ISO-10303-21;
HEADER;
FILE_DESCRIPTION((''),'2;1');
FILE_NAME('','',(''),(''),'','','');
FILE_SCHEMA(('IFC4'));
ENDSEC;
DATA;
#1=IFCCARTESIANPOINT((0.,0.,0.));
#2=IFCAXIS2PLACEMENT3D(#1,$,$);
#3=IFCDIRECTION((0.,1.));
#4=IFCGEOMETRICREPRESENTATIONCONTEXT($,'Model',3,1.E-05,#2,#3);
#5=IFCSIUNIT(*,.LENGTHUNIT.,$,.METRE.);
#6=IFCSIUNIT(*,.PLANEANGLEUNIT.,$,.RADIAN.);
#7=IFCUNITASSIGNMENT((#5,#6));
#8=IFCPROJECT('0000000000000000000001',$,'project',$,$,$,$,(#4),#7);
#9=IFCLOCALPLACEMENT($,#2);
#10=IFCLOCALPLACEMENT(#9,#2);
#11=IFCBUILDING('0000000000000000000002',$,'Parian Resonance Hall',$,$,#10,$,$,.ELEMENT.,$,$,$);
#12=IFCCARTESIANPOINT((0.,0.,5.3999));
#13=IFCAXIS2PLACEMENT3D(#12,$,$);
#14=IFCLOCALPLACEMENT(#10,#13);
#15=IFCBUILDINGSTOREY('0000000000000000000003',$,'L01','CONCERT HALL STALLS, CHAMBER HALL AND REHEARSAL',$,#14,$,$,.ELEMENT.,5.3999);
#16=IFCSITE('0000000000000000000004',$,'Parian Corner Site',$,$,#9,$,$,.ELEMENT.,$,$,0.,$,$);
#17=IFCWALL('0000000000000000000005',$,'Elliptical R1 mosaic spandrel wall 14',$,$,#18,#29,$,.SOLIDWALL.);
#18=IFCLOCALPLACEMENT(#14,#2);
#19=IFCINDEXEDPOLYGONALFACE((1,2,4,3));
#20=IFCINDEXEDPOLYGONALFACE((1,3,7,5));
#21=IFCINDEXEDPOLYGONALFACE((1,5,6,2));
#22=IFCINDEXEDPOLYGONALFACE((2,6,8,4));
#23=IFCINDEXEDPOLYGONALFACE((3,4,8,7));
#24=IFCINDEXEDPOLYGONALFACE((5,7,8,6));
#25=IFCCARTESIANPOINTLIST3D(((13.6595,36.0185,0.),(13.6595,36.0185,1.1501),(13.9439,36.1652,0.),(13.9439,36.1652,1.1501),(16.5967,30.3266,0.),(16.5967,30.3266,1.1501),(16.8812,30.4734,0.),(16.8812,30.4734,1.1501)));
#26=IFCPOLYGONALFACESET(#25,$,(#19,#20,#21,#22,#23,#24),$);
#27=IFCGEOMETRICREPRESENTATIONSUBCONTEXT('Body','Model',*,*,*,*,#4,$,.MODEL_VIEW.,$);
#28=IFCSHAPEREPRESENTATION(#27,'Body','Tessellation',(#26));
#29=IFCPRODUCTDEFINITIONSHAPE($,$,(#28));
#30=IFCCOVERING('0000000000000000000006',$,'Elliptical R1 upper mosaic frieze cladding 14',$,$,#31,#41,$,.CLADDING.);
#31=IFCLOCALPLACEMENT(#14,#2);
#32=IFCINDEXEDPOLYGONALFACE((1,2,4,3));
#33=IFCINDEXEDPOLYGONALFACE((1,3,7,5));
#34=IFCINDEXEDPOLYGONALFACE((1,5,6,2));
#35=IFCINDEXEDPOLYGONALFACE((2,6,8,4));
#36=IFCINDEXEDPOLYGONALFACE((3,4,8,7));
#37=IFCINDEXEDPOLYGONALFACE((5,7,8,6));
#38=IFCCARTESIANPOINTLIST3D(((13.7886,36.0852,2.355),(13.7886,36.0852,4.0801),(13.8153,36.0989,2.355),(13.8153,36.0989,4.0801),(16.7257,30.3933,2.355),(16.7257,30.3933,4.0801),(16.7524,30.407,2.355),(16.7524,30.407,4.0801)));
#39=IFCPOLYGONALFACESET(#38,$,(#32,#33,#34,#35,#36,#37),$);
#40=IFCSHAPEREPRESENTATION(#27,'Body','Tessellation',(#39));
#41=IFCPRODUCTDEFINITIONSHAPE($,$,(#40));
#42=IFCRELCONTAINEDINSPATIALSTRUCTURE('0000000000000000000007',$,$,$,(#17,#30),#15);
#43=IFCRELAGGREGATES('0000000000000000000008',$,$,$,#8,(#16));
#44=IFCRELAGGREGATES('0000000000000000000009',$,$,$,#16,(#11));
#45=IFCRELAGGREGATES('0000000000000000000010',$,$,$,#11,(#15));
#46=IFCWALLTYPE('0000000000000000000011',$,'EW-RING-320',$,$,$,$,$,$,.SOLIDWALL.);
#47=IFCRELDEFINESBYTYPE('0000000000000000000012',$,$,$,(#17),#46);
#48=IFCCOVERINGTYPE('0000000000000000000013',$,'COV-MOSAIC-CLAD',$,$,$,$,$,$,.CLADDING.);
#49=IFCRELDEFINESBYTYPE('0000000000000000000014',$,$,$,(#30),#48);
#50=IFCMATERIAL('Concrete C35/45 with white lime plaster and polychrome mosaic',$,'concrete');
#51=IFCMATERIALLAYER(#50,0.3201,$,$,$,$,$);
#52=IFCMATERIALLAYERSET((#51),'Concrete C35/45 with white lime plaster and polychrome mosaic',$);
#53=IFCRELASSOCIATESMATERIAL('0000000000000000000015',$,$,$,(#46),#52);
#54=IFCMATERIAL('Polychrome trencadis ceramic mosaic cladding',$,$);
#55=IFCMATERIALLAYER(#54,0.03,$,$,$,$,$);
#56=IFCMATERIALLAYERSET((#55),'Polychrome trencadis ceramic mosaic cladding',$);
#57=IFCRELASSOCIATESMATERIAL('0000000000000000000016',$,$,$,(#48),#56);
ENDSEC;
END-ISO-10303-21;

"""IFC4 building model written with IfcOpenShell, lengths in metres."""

from ifc_helpers import new_model, si_unit, direction, frame, frame_2d, origin, origin_2d, place, context, subcontext, project, spatial, rectangle, extrude, material, layer, layer_set, type_object, element, save


model = new_model("IFC4")

# Units and contexts
model_context = context("Model", 3, precision=1e-05, world=origin(), true_north=direction((0.0, 1.0)))
body_context = subcontext(model_context, "Body", "Model", "MODEL_VIEW")
ifc_project = project(units=[si_unit("LENGTHUNIT", "METRE"), si_unit("PLANEANGLEUNIT", "RADIAN")], contexts=[model_context])

# Site, building, storey
site_placement = place(None, origin())
site = spatial("IfcSite", under=ifc_project, at=site_placement, Name="Parian Corner Site", CompositionType="ELEMENT", RefElevation=0.0)
building_placement = place(site_placement, origin())
building = spatial("IfcBuilding", under=site, at=building_placement, Name="Parian Resonance Hall", CompositionType="ELEMENT")
storey_placement = place(building_placement, frame((0.0, 0.0, 5.3999)))
storey = spatial("IfcBuildingStorey", under=building, at=storey_placement, Name="L01", Description="CONCERT HALL STALLS, CHAMBER HALL AND REHEARSAL", CompositionType="ELEMENT", Elevation=5.3999)

# Wall
ifc_material_1 = material(Name="Concrete C35/45 with white lime plaster and polychrome mosaic", Category="concrete")
ifc_layer_1 = layer(ifc_material_1, 0.3201)
ifc_layer_set_1 = layer_set([ifc_layer_1], Name="Concrete C35/45 with white lime plaster and polychrome mosaic")
wall_type = type_object("IfcWallType", Name="EW-RING-320", PredefinedType="SOLIDWALL", material=ifc_layer_set_1)
wall_placement = place(storey_placement, frame((16.739, 30.3999, 0.0), z_axis=(0.0, 0.0, 1.0), x_axis=(-0.458582, 0.888652, 0.0)))
element("IfcWall", 1, at=wall_placement, inside=storey, type_object=wall_type, Name="Elliptical R1 mosaic spandrel wall 14", PredefinedType="SOLIDWALL", context=body_context, shape_type="SweptSolid", body=[
    extrude(rectangle(XDim=6.405, YDim=0.3201, at=frame_2d((3.2026, 0.0))), origin(), (0.0, 0.0, 1.0), 1.1501),
])

# Covering
ifc_material_2 = material(Name="Polychrome trencadis ceramic mosaic cladding")
ifc_layer_2 = layer(ifc_material_2, 0.03)
ifc_layer_set_2 = layer_set([ifc_layer_2], Name="Polychrome trencadis ceramic mosaic cladding")
covering_type = type_object("IfcCoveringType", Name="COV-MOSAIC-CLAD", PredefinedType="CLADDING", material=ifc_layer_set_2)
covering_placement = place(storey_placement, frame((15.2705, 33.2461, 2.355), z_axis=(0.0, 0.0, 1.0), x_axis=(-0.458563, 0.888662, 0.0)))
element("IfcCovering", 2, at=covering_placement, inside=storey, type_object=covering_type, Name="Elliptical R1 upper mosaic frieze cladding 14", PredefinedType="CLADDING", context=body_context, shape_type="SweptSolid", body=[
    extrude(rectangle(XDim=6.405, YDim=0.03, at=origin_2d()), origin(), (0.0, 0.0, 1.0), 1.7251),
])

save(model, "model.ifc")
